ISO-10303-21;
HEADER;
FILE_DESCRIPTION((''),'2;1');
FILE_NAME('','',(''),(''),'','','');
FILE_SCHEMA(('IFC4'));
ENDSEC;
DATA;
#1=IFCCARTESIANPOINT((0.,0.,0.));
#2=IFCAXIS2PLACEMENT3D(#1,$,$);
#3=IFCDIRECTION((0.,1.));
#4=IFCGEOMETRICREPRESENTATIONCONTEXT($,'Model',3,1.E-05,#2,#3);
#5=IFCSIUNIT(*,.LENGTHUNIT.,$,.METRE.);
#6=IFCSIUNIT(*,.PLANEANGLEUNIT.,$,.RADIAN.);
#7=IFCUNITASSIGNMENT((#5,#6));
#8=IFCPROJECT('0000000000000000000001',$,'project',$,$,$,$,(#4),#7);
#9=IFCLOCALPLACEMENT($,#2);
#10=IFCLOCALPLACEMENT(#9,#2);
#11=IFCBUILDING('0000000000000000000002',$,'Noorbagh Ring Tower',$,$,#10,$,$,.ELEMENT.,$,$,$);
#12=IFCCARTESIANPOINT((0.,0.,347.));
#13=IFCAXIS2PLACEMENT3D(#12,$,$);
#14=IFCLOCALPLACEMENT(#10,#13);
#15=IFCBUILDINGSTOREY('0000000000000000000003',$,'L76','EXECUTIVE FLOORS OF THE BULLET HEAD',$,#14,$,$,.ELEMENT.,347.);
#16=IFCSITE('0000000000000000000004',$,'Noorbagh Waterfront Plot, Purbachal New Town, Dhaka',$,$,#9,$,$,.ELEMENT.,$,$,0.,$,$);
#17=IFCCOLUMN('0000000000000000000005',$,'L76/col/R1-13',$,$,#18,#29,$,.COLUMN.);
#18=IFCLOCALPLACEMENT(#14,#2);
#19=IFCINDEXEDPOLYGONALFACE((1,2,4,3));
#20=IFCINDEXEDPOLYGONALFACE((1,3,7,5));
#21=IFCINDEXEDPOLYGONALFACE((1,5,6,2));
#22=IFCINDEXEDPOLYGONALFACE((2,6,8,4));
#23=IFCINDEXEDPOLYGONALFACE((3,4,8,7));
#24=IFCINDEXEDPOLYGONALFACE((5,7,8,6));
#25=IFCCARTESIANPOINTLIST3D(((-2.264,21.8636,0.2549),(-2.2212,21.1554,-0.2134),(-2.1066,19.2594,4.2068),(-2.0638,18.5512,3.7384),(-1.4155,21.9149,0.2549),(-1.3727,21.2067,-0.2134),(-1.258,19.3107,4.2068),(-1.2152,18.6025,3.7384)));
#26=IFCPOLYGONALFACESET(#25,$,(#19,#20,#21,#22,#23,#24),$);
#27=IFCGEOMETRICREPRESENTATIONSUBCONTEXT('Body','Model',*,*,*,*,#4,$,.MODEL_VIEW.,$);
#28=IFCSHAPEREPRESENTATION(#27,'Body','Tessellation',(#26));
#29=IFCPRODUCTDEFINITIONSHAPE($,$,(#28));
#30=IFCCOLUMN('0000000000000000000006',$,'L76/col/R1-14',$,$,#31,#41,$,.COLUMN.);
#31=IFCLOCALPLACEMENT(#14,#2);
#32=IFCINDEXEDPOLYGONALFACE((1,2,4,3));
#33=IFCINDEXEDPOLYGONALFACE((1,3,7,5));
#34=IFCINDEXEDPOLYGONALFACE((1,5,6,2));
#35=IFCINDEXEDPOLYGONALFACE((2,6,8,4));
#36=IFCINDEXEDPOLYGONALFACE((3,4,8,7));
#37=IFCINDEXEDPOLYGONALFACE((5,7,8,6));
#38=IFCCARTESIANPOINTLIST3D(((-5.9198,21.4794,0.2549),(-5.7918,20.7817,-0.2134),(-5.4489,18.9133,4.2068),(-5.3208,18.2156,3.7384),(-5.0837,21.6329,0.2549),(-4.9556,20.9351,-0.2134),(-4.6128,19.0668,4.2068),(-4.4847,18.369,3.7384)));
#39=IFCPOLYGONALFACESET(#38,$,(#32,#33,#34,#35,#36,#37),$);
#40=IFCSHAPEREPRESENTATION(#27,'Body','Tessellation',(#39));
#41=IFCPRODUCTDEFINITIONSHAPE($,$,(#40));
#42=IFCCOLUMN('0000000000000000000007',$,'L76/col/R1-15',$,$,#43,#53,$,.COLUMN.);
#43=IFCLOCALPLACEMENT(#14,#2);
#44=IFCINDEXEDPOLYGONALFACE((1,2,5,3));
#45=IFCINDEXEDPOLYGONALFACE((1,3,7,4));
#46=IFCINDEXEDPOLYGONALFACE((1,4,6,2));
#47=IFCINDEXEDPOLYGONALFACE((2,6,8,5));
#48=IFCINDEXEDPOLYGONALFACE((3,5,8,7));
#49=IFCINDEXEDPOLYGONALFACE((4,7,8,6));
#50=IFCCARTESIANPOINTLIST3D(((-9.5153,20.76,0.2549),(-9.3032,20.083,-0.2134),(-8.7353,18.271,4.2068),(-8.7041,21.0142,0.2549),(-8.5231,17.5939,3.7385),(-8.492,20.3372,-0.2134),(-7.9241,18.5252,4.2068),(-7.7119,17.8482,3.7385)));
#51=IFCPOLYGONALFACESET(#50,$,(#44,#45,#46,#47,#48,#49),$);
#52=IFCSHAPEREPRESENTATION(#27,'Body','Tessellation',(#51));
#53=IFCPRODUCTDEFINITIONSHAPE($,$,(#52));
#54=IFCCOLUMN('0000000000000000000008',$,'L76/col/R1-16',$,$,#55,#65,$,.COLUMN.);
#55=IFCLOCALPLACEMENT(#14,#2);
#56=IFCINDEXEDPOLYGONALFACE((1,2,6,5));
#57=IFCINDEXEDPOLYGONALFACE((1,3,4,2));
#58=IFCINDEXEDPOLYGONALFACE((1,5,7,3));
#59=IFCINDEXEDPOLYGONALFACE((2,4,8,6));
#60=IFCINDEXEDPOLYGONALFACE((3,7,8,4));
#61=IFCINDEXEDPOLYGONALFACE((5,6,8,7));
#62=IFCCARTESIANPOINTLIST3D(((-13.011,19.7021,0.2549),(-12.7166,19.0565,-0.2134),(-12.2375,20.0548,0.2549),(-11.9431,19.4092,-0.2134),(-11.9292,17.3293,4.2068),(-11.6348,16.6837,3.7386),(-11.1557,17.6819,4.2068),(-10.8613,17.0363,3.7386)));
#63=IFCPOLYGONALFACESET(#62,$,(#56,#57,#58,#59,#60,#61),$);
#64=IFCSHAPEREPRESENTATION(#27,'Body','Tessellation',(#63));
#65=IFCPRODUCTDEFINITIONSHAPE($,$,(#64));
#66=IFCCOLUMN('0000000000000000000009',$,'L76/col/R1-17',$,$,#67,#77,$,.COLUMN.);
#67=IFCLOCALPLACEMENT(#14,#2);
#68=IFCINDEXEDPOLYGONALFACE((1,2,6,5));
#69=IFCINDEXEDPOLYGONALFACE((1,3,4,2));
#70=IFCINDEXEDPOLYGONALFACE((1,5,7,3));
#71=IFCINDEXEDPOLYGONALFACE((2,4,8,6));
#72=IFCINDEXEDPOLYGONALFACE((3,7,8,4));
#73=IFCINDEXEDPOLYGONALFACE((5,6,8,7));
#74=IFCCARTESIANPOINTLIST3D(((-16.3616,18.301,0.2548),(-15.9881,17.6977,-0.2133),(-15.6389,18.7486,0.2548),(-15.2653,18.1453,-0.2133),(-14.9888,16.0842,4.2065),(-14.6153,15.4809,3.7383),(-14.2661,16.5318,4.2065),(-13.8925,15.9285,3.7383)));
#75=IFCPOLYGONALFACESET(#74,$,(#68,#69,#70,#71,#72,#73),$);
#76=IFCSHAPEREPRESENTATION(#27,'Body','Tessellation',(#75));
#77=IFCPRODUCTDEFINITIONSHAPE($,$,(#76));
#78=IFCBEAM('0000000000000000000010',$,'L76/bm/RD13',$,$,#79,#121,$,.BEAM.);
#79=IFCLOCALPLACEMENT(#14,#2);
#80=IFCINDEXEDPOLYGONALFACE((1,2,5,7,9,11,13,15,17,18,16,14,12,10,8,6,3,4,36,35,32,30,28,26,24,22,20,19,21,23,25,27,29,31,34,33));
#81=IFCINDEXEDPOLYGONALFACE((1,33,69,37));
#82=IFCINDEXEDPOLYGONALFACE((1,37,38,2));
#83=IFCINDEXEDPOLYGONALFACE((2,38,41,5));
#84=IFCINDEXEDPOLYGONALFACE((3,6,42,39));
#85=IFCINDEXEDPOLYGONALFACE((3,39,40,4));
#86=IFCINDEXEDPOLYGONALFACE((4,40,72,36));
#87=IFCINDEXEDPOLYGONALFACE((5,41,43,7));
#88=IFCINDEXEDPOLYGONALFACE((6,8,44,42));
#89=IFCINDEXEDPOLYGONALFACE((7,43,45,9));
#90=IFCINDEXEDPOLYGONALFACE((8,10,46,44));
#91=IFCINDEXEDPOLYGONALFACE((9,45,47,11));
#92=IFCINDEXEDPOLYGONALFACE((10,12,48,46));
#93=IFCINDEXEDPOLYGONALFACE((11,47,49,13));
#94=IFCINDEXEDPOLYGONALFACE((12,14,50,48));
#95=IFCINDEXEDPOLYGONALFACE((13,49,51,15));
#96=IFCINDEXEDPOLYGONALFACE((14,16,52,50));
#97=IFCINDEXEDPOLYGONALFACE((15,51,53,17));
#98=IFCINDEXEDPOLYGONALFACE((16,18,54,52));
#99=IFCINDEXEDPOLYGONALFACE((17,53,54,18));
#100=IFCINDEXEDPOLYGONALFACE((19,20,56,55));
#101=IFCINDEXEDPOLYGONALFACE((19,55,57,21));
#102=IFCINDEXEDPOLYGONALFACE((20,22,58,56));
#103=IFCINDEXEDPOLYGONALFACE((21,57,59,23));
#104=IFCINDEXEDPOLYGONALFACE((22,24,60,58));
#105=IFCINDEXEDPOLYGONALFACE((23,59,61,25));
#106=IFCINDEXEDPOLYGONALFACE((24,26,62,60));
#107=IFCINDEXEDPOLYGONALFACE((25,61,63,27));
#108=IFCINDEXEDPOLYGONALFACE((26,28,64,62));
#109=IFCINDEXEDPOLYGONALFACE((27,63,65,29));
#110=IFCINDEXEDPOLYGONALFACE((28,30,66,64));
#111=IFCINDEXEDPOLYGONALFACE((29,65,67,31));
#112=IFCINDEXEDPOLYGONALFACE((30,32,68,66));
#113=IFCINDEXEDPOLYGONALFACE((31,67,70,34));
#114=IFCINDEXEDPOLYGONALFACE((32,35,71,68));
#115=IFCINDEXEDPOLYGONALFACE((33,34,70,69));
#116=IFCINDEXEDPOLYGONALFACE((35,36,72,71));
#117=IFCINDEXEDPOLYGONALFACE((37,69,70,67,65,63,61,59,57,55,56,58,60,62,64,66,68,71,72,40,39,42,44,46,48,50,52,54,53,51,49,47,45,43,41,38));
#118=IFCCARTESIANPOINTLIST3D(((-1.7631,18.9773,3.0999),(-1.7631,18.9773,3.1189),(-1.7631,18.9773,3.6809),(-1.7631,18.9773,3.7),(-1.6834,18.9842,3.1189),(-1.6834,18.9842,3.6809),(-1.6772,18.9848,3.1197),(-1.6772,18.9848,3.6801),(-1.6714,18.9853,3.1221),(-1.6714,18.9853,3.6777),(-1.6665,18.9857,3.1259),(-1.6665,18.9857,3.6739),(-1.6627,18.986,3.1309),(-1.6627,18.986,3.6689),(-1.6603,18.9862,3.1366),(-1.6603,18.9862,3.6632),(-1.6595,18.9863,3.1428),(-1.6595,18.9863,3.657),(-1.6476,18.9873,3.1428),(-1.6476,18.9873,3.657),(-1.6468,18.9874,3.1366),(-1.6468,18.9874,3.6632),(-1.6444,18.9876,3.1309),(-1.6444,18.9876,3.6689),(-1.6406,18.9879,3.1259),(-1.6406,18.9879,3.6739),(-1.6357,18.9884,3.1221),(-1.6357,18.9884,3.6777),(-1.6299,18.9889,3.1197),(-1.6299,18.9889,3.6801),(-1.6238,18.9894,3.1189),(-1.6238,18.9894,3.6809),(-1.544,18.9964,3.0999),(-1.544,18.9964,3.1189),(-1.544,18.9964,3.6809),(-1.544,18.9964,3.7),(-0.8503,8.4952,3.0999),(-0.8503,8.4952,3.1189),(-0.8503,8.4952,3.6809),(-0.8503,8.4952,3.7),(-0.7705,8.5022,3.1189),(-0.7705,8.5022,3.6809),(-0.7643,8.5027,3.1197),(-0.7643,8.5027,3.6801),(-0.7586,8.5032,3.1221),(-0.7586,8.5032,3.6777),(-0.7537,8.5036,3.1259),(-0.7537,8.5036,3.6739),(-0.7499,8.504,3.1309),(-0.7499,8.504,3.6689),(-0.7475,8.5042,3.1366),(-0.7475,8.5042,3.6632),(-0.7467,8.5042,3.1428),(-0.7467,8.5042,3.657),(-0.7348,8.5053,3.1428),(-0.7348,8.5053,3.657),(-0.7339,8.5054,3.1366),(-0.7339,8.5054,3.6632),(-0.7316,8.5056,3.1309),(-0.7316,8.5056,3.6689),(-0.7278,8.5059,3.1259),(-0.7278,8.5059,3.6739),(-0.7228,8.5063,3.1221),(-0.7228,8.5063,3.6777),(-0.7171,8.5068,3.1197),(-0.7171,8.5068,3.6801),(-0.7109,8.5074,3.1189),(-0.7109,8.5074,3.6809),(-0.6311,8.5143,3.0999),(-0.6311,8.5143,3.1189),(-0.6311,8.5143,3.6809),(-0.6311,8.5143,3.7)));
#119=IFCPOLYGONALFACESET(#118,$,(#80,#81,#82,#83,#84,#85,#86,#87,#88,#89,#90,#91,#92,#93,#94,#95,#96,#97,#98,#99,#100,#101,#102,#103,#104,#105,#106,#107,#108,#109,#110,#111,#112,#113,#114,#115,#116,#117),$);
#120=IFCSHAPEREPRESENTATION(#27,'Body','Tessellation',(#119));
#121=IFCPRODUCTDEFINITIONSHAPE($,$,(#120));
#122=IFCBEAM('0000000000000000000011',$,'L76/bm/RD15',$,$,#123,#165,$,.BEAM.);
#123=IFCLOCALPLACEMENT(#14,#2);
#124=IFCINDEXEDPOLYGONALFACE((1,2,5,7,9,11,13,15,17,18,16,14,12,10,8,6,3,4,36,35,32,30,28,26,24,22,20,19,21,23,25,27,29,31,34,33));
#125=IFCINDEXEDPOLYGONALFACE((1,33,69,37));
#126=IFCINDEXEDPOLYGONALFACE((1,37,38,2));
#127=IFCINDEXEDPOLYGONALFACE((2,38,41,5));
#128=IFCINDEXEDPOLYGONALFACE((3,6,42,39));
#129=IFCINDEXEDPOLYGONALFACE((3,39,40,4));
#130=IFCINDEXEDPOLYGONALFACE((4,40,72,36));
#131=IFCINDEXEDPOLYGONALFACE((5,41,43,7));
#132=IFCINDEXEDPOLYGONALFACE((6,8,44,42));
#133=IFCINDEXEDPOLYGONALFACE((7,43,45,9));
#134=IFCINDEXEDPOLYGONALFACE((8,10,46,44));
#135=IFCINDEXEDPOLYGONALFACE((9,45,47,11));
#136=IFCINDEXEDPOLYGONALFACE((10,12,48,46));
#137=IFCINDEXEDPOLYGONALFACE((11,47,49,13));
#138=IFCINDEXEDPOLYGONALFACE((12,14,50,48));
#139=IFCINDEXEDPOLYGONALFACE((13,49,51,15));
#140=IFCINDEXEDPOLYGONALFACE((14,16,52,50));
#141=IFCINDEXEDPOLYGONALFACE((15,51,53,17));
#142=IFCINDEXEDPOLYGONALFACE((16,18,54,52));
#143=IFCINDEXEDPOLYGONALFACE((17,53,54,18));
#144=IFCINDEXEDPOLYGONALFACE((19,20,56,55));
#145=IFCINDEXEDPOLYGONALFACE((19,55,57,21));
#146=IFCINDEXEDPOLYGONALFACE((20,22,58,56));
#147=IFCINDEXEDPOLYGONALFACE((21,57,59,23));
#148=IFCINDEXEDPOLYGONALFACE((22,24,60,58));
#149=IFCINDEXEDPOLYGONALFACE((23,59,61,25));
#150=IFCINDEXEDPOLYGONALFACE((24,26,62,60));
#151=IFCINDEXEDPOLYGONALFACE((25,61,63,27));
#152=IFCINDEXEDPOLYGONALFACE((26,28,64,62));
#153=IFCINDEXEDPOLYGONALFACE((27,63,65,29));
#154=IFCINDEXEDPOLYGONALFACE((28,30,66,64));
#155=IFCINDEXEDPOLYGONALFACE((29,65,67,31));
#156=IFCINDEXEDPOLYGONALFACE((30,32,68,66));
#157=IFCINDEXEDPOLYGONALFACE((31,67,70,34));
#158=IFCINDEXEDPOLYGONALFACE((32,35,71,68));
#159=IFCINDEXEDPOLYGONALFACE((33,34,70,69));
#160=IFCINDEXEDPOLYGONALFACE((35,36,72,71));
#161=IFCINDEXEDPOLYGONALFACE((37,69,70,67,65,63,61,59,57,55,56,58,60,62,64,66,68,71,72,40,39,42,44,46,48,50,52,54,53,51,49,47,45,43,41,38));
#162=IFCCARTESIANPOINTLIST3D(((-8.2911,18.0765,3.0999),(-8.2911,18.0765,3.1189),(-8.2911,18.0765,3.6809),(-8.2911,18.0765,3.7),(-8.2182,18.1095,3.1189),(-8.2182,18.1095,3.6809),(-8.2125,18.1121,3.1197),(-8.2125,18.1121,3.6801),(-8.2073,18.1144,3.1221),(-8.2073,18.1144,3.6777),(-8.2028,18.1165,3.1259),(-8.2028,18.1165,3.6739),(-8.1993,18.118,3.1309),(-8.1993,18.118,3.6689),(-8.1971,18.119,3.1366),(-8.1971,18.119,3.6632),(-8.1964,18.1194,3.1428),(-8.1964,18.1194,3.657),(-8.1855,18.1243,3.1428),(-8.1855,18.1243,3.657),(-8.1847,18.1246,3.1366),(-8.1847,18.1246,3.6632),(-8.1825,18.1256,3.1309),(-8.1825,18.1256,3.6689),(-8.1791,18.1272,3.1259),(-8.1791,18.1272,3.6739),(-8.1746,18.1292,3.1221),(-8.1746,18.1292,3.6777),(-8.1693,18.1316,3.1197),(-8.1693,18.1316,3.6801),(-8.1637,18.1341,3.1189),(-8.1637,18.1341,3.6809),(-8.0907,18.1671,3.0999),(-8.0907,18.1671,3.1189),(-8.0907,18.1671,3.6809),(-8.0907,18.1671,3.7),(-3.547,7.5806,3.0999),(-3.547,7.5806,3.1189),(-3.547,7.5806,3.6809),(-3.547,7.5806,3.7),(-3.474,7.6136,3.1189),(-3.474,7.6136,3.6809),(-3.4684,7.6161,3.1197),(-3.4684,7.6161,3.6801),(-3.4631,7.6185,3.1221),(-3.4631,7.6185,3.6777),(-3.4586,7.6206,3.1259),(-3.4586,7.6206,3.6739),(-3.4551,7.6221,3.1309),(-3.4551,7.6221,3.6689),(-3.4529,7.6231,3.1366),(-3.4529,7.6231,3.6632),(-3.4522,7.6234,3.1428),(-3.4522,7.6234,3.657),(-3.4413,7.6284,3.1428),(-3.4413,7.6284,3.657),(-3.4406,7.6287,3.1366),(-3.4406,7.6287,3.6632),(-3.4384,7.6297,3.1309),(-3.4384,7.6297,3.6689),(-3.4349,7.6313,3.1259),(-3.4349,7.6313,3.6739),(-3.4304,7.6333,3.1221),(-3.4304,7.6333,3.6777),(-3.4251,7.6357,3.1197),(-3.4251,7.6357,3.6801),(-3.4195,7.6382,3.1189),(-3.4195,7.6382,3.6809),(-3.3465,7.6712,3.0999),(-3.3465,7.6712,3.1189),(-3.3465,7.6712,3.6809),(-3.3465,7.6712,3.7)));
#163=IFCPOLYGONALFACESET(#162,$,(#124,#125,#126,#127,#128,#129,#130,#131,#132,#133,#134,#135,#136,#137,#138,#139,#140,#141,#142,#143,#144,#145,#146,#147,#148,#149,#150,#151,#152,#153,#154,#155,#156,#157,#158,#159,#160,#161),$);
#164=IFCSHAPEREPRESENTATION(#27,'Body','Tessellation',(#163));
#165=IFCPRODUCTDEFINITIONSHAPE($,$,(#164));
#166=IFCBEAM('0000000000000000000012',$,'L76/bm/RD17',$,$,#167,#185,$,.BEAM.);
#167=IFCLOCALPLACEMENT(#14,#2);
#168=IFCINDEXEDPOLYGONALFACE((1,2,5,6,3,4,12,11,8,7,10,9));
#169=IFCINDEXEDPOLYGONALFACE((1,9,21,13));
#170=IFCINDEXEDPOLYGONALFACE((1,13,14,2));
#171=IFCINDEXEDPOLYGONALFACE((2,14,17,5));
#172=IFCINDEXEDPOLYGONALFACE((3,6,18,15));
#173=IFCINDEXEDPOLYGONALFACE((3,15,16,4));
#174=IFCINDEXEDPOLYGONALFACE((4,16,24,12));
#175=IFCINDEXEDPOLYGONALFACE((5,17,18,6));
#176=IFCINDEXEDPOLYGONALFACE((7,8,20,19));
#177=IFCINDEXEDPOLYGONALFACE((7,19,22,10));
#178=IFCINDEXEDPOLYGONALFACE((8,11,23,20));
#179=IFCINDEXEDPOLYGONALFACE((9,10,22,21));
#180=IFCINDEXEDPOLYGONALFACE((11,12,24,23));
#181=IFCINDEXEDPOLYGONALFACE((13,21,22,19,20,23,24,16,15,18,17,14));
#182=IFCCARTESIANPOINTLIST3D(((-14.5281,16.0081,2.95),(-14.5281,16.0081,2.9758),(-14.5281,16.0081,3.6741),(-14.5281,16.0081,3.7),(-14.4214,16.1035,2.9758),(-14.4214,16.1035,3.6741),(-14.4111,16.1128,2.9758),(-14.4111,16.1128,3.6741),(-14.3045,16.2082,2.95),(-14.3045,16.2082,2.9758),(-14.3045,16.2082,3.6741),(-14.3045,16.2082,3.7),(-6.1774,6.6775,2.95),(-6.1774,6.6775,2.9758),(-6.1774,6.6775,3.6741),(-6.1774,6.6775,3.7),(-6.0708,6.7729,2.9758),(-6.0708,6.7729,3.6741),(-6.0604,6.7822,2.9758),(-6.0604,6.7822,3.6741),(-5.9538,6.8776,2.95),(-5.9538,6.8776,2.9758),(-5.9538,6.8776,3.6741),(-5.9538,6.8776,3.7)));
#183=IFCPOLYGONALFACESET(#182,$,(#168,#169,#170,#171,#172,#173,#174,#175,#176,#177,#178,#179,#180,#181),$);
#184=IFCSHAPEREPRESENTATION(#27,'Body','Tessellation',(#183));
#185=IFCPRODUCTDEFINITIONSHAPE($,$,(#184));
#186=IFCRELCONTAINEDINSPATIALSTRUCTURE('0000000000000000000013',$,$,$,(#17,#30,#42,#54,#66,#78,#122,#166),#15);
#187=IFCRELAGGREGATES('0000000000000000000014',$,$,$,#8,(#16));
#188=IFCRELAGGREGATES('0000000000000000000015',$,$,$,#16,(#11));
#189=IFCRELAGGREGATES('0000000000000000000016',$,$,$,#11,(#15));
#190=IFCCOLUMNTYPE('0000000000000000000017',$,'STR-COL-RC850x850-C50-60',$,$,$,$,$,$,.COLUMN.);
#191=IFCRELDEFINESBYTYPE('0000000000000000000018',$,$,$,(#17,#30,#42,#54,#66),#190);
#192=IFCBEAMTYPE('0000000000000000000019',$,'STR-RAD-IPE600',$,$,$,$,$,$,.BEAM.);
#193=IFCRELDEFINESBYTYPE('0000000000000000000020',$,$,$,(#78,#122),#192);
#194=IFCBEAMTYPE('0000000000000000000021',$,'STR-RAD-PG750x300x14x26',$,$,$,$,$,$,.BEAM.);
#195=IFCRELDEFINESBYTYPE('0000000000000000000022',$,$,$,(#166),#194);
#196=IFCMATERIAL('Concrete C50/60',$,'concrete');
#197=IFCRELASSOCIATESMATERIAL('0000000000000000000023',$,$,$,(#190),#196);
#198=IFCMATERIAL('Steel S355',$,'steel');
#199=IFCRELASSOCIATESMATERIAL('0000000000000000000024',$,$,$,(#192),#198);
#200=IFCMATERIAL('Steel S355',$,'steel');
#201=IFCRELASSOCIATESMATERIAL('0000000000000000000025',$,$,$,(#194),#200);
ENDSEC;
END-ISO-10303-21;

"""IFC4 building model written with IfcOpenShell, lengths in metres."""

from ifc_helpers import new_model, si_unit, direction, frame, origin, origin_2d, place, context, subcontext, project, spatial, rectangle, i_section, extrude, material, material_profile, profile_set, type_object, element, save


model = new_model("IFC4")

# Units and contexts
model_context = context("Model", 3, precision=1e-05, world=origin(), true_north=direction((0.0, 1.0)))
body_context = subcontext(model_context, "Body", "Model", "MODEL_VIEW")
ifc_project = project(units=[si_unit("LENGTHUNIT", "METRE"), si_unit("PLANEANGLEUNIT", "RADIAN")], contexts=[model_context])

# Site, building, storey
site_placement = place(None, origin())
site = spatial("IfcSite", under=ifc_project, at=site_placement, Name="Noorbagh Waterfront Plot, Purbachal New Town, Dhaka", CompositionType="ELEMENT", RefElevation=0.0)
building_placement = place(site_placement, origin())
building = spatial("IfcBuilding", under=site, at=building_placement, Name="Noorbagh Ring Tower", CompositionType="ELEMENT")
storey_placement = place(building_placement, frame((0.0, 0.0, 347.0)))
storey = spatial("IfcBuildingStorey", under=building, at=storey_placement, Name="L76", Description="EXECUTIVE FLOORS OF THE BULLET HEAD", CompositionType="ELEMENT", Elevation=347.0)

# Columns
ifc_material_1 = material(Name="Concrete C50/60", Category="concrete")
ifc_material_profile_1 = material_profile(ifc_material_1, rectangle(XDim=0.8501, YDim=0.8501, at=origin_2d()), Name="RC850x850")
ifc_profile_set_1 = profile_set([ifc_material_profile_1], Name="Concrete C50/60")
column_type = type_object("IfcColumnType", Name="STR-COL-RC850x850-C50-60", PredefinedType="COLUMN", material=ifc_profile_set_1)
for number, where, z_axis, x_axis, name in (
    (1, (-1.8184, 21.5352, 0.0208), (0.033254, -0.549948, 0.834537), (0.998177, 0.060357, 0.0), "L76/col/R1-13"),
    (2, (-5.4377, 21.2073, 0.0208), (0.099451, -0.541904, 0.834535), (0.983574, 0.180507, 0.0), "L76/col/R1-14"),
):
    element("IfcColumn", number, at=place(storey_placement, frame(where, z_axis=z_axis, x_axis=x_axis)), inside=storey, type_object=column_type, Name=name, PredefinedType="COLUMN", context=body_context, shape_type="SweptSolid", body=[
        extrude(rectangle(XDim=0.8501, YDim=0.8501, at=origin_2d()), origin(), (0.0, 0.0, 1.0), 4.7354),
    ])
column_1_placement = place(storey_placement, frame((-9.0037, 20.5486, 0.0208), z_axis=(0.164733, -0.525652, 0.834598), x_axis=(0.954238, 0.299048, 0.0)))
element("IfcColumn", 3, at=column_1_placement, inside=storey, type_object=column_type, Name="L76/col/R1-15", PredefinedType="COLUMN", context=body_context, shape_type="SweptSolid", body=[
    extrude(rectangle(XDim=0.8501, YDim=0.8501, at=origin_2d()), origin(), (0.0, 0.0, 1.0), 4.7351),
])
column_2_placement = place(storey_placement, frame((-12.4771, 19.5557, 0.0208), z_axis=(0.228477, -0.501145, 0.834657), x_axis=(0.909898, 0.414833, 0.0)))
element("IfcColumn", 4, at=column_2_placement, inside=storey, type_object=column_type, Name="L76/col/R1-16", PredefinedType="COLUMN", context=body_context, shape_type="SweptSolid", body=[
    extrude(rectangle(XDim=0.8501, YDim=0.8501, at=origin_2d()), origin(), (0.0, 0.0, 1.0), 4.7349),
])
column_3_placement = place(storey_placement, frame((-15.8135, 18.2231, 0.0208), z_axis=(0.289964, -0.468233, 0.834672), x_axis=(0.850179, 0.526493, 0.0)))
element("IfcColumn", 5, at=column_3_placement, inside=storey, type_object=column_type, Name="L76/col/R1-17", PredefinedType="COLUMN", context=body_context, shape_type="SweptSolid", body=[
    extrude(rectangle(XDim=0.8501, YDim=0.8501, at=origin_2d()), origin(), (0.0, 0.0, 1.0), 4.7344),
])

# Beams
ifc_material_2 = material(Name="Steel S355", Category="steel")
ifc_material_profile_2 = material_profile(ifc_material_2, i_section(OverallWidth=0.22, OverallDepth=0.6001, WebThickness=0.012, FlangeThickness=0.019, FilletRadius=0.0239, at=origin_2d()), Name="IPE600")
ifc_profile_set_2 = profile_set([ifc_material_profile_2], Name="Steel S355")
beam_type_1 = type_object("IfcBeamType", Name="STR-RAD-IPE600", PredefinedType="BEAM", material=ifc_profile_set_2)
beam_1_placement = place(storey_placement, frame((-1.6536, 18.9868, 3.3999), z_axis=(0.086759, -0.996229, 0.0), x_axis=(0.996229, 0.086759, 0.0)))
element("IfcBeam", 6, at=beam_1_placement, inside=storey, type_object=beam_type_1, Name="L76/bm/RD13", PredefinedType="BEAM", context=body_context, shape_type="SweptSolid", body=[
    extrude(i_section(OverallWidth=0.22, OverallDepth=0.6001, WebThickness=0.012, FlangeThickness=0.019, FilletRadius=0.0239, at=origin_2d()), origin(), (0.0, 0.0, 1.0), 10.5217),
])
beam_2_placement = place(storey_placement, frame((-8.1909, 18.1218, 3.3999), z_axis=(0.411881, -0.911238, 0.0), x_axis=(0.911238, 0.411881, 0.0)))
element("IfcBeam", 7, at=beam_2_placement, inside=storey, type_object=beam_type_1, Name="L76/bm/RD15", PredefinedType="BEAM", context=body_context, shape_type="SweptSolid", body=[
    extrude(i_section(OverallWidth=0.22, OverallDepth=0.6001, WebThickness=0.012, FlangeThickness=0.019, FilletRadius=0.0239, at=origin_2d()), origin(), (0.0, 0.0, 1.0), 11.5183),
])
ifc_material_3 = material(Name="Steel S355", Category="steel")
ifc_material_profile_3 = material_profile(ifc_material_3, i_section(OverallWidth=0.3, OverallDepth=0.75, WebThickness=0.0139, FlangeThickness=0.0259, at=origin_2d()), Name="PG750x300x14x26")
ifc_profile_set_3 = profile_set([ifc_material_profile_3], Name="Steel S355")
beam_type_2 = type_object("IfcBeamType", Name="STR-RAD-PG750x300x14x26", PredefinedType="BEAM", material=ifc_profile_set_3)
beam_3_placement = place(storey_placement, frame((-14.4163, 16.1082, 3.325), z_axis=(0.666892, -0.745155, 0.0), x_axis=(0.745155, 0.666892, 0.0)))
element("IfcBeam", 8, at=beam_3_placement, inside=storey, type_object=beam_type_2, Name="L76/bm/RD17", PredefinedType="BEAM", context=body_context, shape_type="SweptSolid", body=[
    extrude(i_section(OverallWidth=0.3, OverallDepth=0.75, WebThickness=0.0139, FlangeThickness=0.0259, at=origin_2d()), origin(), (0.0, 0.0, 1.0), 12.5217),
])

save(model, "model.ifc")
